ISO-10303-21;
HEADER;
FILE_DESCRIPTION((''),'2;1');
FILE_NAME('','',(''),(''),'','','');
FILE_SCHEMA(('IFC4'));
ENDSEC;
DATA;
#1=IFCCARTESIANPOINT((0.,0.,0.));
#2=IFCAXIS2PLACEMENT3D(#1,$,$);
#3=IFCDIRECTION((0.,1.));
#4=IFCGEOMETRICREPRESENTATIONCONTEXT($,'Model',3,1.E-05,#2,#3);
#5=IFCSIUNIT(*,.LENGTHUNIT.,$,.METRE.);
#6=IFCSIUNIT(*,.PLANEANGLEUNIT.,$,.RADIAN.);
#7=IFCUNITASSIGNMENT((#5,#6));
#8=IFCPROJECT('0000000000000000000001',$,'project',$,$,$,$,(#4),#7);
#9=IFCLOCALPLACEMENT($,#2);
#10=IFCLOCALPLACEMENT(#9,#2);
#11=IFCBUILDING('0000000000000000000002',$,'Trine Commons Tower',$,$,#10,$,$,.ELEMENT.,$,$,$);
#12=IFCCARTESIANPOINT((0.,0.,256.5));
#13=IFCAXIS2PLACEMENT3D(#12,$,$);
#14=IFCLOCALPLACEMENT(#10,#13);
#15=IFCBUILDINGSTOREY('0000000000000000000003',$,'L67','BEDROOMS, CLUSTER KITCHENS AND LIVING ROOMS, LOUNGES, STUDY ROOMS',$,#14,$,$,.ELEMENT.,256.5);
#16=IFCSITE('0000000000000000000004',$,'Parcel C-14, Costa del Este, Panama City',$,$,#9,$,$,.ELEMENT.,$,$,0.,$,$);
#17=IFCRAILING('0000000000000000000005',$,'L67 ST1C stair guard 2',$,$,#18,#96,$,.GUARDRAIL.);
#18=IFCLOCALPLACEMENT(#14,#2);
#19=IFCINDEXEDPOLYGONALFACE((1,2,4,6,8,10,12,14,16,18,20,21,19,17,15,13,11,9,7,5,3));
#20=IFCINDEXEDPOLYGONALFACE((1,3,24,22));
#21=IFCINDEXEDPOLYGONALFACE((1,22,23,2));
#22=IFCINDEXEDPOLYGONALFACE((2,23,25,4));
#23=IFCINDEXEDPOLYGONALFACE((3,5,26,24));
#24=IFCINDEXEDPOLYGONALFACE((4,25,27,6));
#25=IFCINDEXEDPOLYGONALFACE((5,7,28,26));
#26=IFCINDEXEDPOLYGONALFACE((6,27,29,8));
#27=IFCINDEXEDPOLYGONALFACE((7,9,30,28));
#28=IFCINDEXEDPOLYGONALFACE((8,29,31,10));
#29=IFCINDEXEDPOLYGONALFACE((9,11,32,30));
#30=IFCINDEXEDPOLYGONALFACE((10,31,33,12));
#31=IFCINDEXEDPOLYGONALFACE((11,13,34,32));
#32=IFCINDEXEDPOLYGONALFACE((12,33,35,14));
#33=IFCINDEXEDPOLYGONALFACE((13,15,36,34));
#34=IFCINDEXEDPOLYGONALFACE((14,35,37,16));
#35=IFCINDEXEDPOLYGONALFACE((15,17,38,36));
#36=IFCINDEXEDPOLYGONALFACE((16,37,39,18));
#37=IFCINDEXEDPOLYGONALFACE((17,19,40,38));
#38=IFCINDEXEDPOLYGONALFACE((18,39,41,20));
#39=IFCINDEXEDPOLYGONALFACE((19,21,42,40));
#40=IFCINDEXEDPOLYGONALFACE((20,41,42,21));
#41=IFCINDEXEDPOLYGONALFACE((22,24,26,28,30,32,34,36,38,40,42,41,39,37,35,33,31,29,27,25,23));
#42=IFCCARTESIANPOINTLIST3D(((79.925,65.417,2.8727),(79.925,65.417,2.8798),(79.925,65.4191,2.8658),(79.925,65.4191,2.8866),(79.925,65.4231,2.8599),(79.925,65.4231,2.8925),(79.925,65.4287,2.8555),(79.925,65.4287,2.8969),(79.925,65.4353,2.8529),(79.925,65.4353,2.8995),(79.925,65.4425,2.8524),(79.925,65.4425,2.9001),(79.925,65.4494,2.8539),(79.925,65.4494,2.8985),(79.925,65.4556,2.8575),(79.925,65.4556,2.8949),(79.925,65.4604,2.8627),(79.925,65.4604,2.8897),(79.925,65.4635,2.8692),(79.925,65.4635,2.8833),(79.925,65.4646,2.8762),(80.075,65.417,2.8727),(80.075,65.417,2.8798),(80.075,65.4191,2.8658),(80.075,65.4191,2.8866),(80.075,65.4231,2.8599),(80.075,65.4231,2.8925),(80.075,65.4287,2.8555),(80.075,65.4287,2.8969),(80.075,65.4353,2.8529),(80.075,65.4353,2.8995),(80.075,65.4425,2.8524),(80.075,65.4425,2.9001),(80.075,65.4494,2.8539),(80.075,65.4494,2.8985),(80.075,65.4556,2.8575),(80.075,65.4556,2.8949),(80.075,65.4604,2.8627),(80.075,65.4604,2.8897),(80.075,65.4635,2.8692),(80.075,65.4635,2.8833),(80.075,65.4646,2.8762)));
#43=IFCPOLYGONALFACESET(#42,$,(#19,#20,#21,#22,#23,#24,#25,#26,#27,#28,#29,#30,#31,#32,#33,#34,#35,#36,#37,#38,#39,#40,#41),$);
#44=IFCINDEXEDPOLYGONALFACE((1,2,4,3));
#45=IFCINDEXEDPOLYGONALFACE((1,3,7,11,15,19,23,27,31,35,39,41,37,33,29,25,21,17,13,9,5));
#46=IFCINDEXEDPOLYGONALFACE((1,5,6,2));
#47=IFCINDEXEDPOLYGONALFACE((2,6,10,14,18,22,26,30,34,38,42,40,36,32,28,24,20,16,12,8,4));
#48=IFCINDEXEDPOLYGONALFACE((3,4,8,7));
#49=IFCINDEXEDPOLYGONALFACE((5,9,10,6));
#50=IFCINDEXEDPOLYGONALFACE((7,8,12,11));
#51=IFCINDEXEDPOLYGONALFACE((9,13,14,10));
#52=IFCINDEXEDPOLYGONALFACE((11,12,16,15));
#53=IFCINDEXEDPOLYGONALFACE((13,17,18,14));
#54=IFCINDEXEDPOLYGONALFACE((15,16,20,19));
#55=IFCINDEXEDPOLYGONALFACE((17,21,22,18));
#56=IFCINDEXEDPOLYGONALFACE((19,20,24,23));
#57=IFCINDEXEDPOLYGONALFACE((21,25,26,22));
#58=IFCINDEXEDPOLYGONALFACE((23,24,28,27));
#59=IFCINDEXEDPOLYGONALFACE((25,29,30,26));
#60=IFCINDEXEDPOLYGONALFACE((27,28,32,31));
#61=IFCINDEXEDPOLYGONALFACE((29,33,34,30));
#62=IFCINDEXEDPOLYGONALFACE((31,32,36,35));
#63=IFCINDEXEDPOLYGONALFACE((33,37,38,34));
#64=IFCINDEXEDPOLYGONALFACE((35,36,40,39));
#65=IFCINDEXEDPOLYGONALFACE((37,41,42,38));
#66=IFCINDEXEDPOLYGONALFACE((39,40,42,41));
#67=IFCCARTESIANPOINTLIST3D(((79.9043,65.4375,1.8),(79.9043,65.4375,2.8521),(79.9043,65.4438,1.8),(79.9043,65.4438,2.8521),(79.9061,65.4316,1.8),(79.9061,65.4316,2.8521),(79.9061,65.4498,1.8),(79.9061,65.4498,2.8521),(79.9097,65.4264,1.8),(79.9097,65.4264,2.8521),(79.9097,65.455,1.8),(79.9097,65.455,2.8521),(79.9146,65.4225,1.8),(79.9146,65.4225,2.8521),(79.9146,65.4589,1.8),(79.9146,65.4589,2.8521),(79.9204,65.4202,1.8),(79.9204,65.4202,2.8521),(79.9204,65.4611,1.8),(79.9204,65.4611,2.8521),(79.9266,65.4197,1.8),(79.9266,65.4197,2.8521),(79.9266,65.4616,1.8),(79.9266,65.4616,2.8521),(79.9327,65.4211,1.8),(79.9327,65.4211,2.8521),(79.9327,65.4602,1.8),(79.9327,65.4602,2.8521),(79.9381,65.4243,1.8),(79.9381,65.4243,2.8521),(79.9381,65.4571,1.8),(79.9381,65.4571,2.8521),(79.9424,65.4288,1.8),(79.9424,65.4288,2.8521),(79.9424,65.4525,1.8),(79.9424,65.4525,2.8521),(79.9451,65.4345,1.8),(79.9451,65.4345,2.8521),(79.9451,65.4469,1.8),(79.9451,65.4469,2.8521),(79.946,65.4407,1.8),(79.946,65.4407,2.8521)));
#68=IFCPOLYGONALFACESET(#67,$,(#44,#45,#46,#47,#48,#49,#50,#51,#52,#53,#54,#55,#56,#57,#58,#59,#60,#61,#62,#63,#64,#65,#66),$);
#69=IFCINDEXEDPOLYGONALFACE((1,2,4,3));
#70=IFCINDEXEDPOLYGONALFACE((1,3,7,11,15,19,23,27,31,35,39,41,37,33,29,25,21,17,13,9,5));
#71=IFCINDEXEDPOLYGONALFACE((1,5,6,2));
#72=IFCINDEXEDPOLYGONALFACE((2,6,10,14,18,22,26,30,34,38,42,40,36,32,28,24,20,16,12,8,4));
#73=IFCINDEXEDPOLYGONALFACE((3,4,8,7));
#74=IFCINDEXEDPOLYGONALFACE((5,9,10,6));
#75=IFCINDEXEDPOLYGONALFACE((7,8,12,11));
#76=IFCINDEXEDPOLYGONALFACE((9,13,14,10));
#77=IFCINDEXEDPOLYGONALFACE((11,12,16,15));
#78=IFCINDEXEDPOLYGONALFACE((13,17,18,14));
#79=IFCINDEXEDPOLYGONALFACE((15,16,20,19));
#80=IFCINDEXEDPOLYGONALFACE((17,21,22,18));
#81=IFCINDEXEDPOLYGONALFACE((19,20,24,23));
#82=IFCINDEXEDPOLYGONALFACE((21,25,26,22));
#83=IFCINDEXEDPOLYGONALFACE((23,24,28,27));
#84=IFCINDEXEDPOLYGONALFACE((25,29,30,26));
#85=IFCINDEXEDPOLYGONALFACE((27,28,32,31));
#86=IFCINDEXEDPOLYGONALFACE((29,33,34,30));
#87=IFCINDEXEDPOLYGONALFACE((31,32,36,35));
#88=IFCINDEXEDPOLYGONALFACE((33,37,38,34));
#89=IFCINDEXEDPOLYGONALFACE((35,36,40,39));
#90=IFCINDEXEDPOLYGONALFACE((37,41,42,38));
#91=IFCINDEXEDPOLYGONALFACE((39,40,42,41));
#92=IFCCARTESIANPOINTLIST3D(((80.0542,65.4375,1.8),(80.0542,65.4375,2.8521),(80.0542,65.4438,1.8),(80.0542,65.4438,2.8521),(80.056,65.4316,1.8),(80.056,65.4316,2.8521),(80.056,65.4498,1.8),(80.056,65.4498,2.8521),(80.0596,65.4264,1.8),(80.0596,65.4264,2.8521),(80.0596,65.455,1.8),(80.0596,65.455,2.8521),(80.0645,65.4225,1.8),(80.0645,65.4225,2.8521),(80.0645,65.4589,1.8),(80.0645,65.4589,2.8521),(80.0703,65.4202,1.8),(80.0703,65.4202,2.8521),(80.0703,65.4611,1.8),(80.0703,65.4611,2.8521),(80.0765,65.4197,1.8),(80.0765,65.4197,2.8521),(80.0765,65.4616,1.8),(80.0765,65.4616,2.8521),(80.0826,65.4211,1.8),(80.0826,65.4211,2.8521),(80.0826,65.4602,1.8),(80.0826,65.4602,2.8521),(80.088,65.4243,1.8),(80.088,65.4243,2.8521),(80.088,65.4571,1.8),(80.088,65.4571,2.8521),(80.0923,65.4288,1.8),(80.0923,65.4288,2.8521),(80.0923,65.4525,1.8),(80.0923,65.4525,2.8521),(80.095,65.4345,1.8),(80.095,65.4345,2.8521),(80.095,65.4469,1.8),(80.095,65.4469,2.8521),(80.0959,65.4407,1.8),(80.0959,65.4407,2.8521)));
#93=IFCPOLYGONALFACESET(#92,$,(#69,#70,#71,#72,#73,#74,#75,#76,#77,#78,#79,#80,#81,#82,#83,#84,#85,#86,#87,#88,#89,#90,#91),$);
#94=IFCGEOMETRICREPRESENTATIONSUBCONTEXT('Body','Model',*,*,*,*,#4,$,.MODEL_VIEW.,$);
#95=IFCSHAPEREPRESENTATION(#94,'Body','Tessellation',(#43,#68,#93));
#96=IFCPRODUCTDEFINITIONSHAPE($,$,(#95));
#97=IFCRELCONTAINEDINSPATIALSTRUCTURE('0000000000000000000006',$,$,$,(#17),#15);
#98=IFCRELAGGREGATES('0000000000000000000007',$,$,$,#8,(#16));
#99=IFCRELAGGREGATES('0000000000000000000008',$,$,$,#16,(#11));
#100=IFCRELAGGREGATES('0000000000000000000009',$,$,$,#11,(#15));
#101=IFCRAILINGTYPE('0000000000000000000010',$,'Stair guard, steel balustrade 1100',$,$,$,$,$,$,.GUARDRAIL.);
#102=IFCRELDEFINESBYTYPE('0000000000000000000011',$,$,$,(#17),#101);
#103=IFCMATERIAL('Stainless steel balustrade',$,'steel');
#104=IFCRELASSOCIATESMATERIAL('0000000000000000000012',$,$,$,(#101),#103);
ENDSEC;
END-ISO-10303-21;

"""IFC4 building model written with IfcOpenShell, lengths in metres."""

from ifc_helpers import new_model, si_unit, direction, frame, origin, origin_2d, place, context, subcontext, project, spatial, circle, extrude, material, type_object, element, save


model = new_model("IFC4")

# Units and contexts
model_context = context("Model", 3, precision=1e-05, world=origin(), true_north=direction((0.0, 1.0)))
body_context = subcontext(model_context, "Body", "Model", "MODEL_VIEW")
ifc_project = project(units=[si_unit("LENGTHUNIT", "METRE"), si_unit("PLANEANGLEUNIT", "RADIAN")], contexts=[model_context])

# Site, building, storey
site_placement = place(None, origin())
site = spatial("IfcSite", under=ifc_project, at=site_placement, Name="Parcel C-14, Costa del Este, Panama City", CompositionType="ELEMENT", RefElevation=0.0)
building_placement = place(site_placement, origin())
building = spatial("IfcBuilding", under=site, at=building_placement, Name="Trine Commons Tower", CompositionType="ELEMENT")
storey_placement = place(building_placement, frame((0.0, 0.0, 256.5)))
storey = spatial("IfcBuildingStorey", under=building, at=storey_placement, Name="L67", Description="BEDROOMS, CLUSTER KITCHENS AND LIVING ROOMS, LOUNGES, STUDY ROOMS", CompositionType="ELEMENT", Elevation=256.5)

# Railing
ifc_material_1 = material(Name="Stainless steel balustrade", Category="steel")
railing_type_1 = type_object("IfcRailingType", Name="Stair guard, steel balustrade 1100", PredefinedType="GUARDRAIL", material=ifc_material_1)
railing_1_placement = place(storey_placement, frame((79.925, 65.4407, 1.8)))
element("IfcRailing", 1, at=railing_1_placement, inside=storey, type_object=railing_type_1, Name="L67 ST1C stair guard 2", PredefinedType="GUARDRAIL", context=body_context, shape_type="SweptSolid", body=[
    extrude(circle(Radius=0.0239, at=origin_2d()), frame((0.0, 0.0, 1.0762), z_axis=(1.0, 0.0, 0.0), x_axis=(0.0, 1.0, 0.0)), (0.0, 0.0, 1.0), 0.1499),
    extrude(circle(Radius=0.021, at=origin_2d()), origin(), (0.0, 0.0, 1.0), 1.052),
    extrude(circle(Radius=0.021, at=origin_2d()), frame((0.1499, 0.0, 0.0)), (0.0, 0.0, 1.0), 1.052),
])

save(model, "model.ifc")
